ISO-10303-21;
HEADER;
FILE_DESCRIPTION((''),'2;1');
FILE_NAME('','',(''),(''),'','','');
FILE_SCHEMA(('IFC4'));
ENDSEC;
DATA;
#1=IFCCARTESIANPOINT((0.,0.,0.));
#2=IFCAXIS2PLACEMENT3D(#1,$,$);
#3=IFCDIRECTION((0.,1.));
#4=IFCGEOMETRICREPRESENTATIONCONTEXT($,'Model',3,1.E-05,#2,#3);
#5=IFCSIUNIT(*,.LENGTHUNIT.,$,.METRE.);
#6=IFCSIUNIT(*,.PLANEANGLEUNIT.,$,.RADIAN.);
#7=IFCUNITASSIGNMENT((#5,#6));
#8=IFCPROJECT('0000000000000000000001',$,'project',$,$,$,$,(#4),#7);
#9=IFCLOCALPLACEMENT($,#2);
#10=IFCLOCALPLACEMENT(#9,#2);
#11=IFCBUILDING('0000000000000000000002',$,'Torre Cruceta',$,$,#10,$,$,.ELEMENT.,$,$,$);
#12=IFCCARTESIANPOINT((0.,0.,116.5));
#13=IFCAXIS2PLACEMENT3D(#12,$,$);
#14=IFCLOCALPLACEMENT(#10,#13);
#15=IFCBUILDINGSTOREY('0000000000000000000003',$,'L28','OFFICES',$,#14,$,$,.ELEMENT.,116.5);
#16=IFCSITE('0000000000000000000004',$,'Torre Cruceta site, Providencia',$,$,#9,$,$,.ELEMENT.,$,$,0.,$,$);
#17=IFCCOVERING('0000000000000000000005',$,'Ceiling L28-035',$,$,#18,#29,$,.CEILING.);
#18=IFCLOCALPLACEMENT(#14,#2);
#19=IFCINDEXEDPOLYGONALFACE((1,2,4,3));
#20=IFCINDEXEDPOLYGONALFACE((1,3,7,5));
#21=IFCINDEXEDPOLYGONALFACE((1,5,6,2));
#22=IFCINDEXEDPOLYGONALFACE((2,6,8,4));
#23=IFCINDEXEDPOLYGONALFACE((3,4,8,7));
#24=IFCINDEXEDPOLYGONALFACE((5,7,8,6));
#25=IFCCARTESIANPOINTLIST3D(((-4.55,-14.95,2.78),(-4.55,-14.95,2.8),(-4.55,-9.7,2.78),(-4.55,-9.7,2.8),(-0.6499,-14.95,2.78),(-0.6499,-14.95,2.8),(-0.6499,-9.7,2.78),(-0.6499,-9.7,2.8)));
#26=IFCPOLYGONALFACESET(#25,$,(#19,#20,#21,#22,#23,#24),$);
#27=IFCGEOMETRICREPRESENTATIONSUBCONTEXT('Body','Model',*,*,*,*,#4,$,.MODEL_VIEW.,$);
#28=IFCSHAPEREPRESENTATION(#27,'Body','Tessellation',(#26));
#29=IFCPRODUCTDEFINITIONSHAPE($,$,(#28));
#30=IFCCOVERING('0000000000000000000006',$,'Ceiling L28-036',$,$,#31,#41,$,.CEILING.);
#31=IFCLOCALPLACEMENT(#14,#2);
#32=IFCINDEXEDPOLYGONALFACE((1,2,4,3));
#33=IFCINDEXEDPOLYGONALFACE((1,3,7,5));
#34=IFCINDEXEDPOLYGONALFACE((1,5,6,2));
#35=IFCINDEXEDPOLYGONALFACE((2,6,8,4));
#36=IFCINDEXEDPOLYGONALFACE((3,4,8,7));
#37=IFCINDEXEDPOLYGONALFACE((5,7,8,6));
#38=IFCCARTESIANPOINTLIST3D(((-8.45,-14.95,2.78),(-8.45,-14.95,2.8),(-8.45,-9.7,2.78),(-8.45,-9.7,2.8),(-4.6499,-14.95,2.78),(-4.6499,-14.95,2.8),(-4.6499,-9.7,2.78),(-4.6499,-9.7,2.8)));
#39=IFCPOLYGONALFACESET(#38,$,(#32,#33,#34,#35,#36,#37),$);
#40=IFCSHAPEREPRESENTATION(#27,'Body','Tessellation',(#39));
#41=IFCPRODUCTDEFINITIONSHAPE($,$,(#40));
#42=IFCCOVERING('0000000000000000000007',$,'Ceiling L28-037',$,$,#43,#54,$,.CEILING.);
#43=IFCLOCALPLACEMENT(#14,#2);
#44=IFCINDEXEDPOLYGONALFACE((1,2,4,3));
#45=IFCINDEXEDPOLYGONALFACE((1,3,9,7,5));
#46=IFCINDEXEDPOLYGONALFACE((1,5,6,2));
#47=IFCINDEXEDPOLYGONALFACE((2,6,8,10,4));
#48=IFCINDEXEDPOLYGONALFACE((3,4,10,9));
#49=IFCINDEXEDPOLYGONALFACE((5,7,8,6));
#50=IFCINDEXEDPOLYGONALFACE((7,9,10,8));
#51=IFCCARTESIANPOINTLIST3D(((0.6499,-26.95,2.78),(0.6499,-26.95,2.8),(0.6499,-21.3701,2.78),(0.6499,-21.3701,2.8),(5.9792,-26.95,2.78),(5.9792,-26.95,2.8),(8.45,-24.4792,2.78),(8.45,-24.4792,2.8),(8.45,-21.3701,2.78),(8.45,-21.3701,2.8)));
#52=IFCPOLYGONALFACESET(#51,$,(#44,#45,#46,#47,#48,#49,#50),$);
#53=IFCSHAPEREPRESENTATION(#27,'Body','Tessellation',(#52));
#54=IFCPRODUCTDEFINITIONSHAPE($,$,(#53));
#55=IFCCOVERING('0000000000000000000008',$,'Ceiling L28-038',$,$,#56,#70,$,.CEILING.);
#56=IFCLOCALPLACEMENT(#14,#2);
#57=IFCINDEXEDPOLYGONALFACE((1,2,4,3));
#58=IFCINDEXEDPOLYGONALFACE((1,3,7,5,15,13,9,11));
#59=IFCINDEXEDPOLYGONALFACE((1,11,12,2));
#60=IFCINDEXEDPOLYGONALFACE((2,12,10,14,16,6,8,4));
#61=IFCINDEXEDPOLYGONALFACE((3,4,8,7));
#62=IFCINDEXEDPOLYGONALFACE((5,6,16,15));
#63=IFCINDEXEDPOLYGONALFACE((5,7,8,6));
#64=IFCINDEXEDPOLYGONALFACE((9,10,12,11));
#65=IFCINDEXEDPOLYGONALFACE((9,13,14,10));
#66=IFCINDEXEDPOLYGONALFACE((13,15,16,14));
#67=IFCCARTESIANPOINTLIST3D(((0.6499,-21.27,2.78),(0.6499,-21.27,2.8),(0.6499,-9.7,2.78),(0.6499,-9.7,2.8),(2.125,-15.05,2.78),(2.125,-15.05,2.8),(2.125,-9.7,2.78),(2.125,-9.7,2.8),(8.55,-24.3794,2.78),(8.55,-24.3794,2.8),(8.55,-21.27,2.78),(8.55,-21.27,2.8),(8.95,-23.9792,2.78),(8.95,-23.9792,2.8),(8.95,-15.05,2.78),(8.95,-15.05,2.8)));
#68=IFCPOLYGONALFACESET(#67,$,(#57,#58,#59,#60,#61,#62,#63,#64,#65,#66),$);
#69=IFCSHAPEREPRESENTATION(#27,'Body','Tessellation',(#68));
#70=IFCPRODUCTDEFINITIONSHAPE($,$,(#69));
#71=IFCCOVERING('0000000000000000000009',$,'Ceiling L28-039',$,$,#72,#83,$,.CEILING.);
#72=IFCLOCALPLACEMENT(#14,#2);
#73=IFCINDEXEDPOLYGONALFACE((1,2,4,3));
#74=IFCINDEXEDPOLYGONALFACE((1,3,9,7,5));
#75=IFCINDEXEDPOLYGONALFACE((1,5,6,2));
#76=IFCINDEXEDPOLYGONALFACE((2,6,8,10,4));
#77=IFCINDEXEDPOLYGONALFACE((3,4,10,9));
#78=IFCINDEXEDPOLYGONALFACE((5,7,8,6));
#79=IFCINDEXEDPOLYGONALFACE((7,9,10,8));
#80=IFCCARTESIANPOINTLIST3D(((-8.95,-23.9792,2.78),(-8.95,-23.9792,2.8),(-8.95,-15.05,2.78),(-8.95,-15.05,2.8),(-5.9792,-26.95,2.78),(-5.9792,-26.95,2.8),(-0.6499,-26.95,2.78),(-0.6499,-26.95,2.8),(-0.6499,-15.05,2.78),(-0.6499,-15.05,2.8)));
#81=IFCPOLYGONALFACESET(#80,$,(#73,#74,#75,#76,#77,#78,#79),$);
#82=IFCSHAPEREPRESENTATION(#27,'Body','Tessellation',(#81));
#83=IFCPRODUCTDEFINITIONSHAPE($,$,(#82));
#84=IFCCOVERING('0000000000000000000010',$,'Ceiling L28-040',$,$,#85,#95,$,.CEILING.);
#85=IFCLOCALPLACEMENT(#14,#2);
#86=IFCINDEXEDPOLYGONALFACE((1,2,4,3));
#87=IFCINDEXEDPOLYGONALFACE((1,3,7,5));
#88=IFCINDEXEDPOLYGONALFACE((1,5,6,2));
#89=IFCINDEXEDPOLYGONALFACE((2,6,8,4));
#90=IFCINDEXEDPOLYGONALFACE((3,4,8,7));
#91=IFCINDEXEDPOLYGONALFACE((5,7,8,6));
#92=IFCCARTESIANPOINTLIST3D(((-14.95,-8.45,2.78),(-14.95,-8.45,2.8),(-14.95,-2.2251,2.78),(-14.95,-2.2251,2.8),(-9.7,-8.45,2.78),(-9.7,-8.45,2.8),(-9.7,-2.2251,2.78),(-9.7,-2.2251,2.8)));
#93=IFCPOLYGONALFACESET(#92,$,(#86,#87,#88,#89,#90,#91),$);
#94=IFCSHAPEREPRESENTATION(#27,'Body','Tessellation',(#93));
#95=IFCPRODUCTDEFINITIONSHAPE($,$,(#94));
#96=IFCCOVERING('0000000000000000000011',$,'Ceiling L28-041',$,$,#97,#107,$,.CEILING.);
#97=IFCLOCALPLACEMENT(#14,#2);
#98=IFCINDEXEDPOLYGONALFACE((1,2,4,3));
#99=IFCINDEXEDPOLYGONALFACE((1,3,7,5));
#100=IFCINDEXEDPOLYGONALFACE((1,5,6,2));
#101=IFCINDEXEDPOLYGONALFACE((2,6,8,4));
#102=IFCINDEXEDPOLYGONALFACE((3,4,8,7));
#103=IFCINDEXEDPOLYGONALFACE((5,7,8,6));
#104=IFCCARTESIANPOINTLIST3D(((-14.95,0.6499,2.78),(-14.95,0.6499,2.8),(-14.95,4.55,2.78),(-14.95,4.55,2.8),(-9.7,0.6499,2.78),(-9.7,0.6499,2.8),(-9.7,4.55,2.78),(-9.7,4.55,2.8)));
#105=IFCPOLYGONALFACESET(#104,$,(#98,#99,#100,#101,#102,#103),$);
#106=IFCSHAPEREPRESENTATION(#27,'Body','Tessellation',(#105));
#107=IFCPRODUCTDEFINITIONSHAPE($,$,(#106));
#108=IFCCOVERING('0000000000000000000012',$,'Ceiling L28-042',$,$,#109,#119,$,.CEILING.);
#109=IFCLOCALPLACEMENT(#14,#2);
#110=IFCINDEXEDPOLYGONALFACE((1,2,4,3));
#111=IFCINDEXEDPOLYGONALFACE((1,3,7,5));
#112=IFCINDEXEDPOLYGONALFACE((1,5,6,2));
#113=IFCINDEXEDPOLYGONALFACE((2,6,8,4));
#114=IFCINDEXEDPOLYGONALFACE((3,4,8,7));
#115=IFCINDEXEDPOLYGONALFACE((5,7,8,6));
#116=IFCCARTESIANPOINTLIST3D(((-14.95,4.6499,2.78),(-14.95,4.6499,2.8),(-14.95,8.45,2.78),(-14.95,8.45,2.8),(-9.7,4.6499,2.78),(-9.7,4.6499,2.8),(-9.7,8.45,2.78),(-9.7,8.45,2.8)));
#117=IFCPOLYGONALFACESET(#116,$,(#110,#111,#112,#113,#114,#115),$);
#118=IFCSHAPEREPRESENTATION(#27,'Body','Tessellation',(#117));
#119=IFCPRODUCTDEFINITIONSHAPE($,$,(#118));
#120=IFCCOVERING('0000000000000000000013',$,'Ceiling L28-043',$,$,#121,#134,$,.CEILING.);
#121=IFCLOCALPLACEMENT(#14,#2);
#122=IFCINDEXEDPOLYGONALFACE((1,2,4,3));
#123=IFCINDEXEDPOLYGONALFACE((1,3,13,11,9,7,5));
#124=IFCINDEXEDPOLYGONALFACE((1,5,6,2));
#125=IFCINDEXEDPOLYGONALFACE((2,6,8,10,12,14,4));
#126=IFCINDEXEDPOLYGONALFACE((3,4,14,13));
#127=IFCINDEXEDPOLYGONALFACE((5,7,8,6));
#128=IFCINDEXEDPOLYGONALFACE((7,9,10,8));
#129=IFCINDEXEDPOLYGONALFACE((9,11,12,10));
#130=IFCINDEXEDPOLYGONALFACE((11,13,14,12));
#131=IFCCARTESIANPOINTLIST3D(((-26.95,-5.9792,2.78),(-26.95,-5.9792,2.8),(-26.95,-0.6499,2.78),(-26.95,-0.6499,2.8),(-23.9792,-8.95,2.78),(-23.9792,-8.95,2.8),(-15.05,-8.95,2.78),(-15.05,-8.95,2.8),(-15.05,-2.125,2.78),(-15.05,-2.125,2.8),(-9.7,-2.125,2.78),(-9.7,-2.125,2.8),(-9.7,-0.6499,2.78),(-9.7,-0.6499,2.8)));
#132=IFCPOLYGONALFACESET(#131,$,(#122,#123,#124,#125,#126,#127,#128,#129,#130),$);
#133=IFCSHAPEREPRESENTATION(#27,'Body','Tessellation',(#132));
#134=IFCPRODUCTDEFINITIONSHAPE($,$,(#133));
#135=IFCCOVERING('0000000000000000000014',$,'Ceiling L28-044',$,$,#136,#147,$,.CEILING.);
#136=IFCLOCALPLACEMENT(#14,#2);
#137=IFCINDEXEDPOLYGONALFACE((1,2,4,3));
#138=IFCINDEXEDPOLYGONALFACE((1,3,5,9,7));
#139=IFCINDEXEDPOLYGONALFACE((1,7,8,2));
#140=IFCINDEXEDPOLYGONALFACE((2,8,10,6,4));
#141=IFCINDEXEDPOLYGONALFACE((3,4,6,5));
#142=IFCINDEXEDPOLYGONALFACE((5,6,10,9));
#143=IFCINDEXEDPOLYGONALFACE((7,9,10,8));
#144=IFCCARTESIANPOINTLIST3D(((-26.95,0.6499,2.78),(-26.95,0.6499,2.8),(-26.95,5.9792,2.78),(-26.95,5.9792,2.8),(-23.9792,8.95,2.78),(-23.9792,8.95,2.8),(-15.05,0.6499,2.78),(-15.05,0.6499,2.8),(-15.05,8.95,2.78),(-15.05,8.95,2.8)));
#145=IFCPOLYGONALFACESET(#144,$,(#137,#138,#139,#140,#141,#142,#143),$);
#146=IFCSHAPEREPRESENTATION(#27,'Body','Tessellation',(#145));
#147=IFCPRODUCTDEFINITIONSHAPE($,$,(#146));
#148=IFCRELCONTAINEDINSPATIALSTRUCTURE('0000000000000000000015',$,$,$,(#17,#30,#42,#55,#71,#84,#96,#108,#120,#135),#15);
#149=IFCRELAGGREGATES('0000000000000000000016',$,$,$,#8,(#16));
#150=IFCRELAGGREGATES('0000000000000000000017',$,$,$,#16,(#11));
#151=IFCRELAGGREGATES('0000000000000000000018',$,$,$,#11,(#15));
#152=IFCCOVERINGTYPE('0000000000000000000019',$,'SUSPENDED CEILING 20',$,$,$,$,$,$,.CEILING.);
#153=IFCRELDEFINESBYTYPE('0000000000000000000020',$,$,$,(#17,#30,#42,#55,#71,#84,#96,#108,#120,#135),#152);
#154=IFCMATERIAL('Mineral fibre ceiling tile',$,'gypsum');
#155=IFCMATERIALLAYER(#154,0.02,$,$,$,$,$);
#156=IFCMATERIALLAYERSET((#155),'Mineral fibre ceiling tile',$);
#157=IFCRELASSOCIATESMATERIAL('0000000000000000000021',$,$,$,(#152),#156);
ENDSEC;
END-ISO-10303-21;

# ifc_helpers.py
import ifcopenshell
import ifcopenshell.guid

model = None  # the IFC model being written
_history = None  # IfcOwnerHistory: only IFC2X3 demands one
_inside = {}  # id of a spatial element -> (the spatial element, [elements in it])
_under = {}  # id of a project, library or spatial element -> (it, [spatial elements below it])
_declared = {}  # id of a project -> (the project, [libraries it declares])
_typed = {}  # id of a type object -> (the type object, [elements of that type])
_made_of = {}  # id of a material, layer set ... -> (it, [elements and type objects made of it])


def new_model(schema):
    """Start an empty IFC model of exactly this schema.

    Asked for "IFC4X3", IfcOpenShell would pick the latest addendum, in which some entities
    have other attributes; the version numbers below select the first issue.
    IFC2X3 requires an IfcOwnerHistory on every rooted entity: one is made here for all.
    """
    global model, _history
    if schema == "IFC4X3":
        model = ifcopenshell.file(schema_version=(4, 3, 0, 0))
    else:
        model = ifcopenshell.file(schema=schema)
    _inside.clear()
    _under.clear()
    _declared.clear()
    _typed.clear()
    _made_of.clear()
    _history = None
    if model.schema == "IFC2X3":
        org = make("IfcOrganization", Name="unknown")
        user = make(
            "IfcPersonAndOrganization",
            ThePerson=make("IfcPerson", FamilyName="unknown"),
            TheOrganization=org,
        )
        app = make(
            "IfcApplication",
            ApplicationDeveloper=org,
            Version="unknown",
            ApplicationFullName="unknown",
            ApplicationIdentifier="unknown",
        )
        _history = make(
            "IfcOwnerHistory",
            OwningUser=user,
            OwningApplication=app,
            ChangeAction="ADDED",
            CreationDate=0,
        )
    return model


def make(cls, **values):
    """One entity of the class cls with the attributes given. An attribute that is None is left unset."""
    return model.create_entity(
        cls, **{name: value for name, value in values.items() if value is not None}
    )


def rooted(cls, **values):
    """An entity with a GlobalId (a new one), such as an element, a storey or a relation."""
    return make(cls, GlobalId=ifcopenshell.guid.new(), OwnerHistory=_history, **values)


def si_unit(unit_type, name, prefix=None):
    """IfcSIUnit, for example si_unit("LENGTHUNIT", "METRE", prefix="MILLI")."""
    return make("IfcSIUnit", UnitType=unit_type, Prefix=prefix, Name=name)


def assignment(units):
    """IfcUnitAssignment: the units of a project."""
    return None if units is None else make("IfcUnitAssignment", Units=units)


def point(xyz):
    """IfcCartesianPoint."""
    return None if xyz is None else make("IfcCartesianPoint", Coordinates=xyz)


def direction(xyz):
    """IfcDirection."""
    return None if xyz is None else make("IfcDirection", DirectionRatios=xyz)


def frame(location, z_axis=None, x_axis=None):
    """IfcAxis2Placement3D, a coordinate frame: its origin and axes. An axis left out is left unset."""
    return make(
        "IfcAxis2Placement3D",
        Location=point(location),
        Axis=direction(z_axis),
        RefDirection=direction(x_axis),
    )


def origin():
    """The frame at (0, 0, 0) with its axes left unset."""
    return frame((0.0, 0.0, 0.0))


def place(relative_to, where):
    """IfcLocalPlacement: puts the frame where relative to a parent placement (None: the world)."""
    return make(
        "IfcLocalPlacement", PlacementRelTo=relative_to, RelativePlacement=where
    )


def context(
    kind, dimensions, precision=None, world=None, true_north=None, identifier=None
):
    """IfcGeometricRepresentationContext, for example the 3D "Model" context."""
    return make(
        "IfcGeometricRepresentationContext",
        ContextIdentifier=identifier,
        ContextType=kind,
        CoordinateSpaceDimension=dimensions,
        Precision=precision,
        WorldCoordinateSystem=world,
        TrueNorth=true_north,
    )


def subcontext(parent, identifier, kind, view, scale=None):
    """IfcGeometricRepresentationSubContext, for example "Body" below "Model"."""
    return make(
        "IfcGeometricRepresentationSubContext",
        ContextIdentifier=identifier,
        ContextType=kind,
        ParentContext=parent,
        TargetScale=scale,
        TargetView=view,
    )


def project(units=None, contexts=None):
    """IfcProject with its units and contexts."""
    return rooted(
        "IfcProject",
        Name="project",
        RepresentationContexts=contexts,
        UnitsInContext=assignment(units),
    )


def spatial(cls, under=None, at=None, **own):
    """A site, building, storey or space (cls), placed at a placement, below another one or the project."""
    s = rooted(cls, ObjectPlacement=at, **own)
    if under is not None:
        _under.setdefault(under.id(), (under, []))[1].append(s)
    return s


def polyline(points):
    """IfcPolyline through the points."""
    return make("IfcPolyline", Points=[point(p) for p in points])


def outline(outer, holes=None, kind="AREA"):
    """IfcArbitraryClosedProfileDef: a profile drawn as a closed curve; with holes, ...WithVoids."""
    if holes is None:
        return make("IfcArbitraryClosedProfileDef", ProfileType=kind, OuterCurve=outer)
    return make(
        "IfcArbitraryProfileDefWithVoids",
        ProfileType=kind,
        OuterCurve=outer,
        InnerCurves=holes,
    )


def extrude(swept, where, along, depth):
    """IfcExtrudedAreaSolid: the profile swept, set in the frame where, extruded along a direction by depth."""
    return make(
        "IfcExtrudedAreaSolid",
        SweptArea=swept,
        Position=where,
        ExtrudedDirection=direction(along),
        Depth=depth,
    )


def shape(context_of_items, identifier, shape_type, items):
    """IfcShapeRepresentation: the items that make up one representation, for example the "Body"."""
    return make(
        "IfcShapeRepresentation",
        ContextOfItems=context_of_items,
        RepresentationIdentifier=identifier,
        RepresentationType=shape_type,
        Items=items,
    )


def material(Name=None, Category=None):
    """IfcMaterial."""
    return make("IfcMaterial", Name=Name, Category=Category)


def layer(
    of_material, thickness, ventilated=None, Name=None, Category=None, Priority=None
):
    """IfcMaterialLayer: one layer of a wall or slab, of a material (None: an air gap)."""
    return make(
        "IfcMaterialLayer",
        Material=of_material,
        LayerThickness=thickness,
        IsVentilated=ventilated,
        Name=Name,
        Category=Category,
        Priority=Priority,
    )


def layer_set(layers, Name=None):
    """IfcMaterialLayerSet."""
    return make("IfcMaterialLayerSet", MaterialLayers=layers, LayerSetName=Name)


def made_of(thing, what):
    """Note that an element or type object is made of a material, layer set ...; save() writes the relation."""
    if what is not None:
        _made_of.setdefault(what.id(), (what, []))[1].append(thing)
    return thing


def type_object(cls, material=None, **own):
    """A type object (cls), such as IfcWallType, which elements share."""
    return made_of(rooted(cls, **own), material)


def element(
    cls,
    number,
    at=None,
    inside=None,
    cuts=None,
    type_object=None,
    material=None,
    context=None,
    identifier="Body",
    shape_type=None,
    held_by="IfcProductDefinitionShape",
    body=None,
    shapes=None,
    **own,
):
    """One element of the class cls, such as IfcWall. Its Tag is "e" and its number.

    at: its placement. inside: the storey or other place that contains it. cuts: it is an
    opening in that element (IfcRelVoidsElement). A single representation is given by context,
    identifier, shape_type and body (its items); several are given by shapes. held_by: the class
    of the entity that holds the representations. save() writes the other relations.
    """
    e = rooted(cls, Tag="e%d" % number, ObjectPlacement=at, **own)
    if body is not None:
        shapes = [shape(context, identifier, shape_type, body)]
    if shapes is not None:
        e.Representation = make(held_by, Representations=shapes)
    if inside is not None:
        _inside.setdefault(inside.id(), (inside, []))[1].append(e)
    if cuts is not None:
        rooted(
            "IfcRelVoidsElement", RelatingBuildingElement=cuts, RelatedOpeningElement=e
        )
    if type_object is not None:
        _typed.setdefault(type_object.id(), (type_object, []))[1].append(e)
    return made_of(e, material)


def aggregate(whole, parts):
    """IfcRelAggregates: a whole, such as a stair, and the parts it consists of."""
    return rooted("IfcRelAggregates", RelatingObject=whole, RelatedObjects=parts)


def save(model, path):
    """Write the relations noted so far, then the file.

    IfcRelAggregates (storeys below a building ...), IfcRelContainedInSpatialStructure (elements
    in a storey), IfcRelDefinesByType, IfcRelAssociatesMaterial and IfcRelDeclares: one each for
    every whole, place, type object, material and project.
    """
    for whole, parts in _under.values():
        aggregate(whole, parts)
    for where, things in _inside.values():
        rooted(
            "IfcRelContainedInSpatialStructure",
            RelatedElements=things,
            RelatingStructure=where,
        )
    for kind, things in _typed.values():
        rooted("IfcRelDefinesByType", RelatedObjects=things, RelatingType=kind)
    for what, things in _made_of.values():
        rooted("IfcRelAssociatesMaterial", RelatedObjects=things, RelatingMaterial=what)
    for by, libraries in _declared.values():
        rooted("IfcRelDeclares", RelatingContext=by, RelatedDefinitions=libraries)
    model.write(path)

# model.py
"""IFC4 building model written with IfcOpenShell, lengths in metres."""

from ifc_helpers import new_model, si_unit, direction, frame, origin, place, context, subcontext, project, spatial, polyline, outline, extrude, material, layer, layer_set, type_object, element, save


model = new_model("IFC4")

# Units and contexts
model_context = context("Model", 3, precision=1e-05, world=origin(), true_north=direction((0.0, 1.0)))
body_context = subcontext(model_context, "Body", "Model", "MODEL_VIEW")
ifc_project = project(units=[si_unit("LENGTHUNIT", "METRE"), si_unit("PLANEANGLEUNIT", "RADIAN")], contexts=[model_context])

# Site, building, storey
site_placement = place(None, origin())
site = spatial("IfcSite", under=ifc_project, at=site_placement, Name="Torre Cruceta site, Providencia", CompositionType="ELEMENT", RefElevation=0.0)
building_placement = place(site_placement, origin())
building = spatial("IfcBuilding", under=site, at=building_placement, Name="Torre Cruceta", CompositionType="ELEMENT")
storey_placement = place(building_placement, frame((0.0, 0.0, 116.5)))
storey = spatial("IfcBuildingStorey", under=building, at=storey_placement, Name="L28", Description="OFFICES", CompositionType="ELEMENT", Elevation=116.5)

# Coverings
ifc_material_1 = material(Name="Mineral fibre ceiling tile", Category="gypsum")
ifc_layer = layer(ifc_material_1, 0.02)
ifc_layer_set = layer_set([ifc_layer], Name="Mineral fibre ceiling tile")
covering_type_1 = type_object("IfcCoveringType", Name="SUSPENDED CEILING 20", PredefinedType="CEILING", material=ifc_layer_set)
covering_1_placement = place(storey_placement, frame((0.0, 0.0, 2.78)))
element("IfcCovering", 1, at=covering_1_placement, inside=storey, type_object=covering_type_1, Name="Ceiling L28-035", PredefinedType="CEILING", context=body_context, shape_type="SweptSolid", body=[
    extrude(outline(polyline([(-4.55, -9.7), (-0.6499, -9.7), (-0.6499, -14.95), (-4.55, -14.95), (-4.55, -9.7)])), origin(), (0.0, 0.0, 1.0), 0.02),
])
covering_2_placement = place(storey_placement, frame((0.0, 0.0, 2.78)))
element("IfcCovering", 2, at=covering_2_placement, inside=storey, type_object=covering_type_1, Name="Ceiling L28-036", PredefinedType="CEILING", context=body_context, shape_type="SweptSolid", body=[
    extrude(outline(polyline([(-8.45, -9.7), (-4.6499, -9.7), (-4.6499, -14.95), (-8.45, -14.95), (-8.45, -9.7)])), origin(), (0.0, 0.0, 1.0), 0.02),
])
covering_3_placement = place(storey_placement, frame((0.0, 0.0, 2.78)))
element("IfcCovering", 3, at=covering_3_placement, inside=storey, type_object=covering_type_1, Name="Ceiling L28-037", PredefinedType="CEILING", context=body_context, shape_type="SweptSolid", body=[
    extrude(outline(polyline([(0.6499, -26.95), (0.6499, -21.3701), (8.45, -21.3701), (8.45, -24.4792), (5.9792, -26.95), (0.6499, -26.95)])), origin(), (0.0, 0.0, 1.0), 0.02),
])
covering_4_placement = place(storey_placement, frame((0.0, 0.0, 2.78)))
element("IfcCovering", 4, at=covering_4_placement, inside=storey, type_object=covering_type_1, Name="Ceiling L28-038", PredefinedType="CEILING", context=body_context, shape_type="SweptSolid", body=[
    extrude(outline(polyline([(2.125, -9.7), (2.125, -15.05), (8.95, -15.05), (8.95, -23.9792), (8.55, -24.3794), (8.55, -21.27), (0.6499, -21.27), (0.6499, -9.7), (2.125, -9.7)])), origin(), (0.0, 0.0, 1.0), 0.02),
])
covering_5_placement = place(storey_placement, frame((0.0, 0.0, 2.78)))
element("IfcCovering", 5, at=covering_5_placement, inside=storey, type_object=covering_type_1, Name="Ceiling L28-039", PredefinedType="CEILING", context=body_context, shape_type="SweptSolid", body=[
    extrude(outline(polyline([(-8.95, -23.9792), (-8.95, -15.05), (-0.6499, -15.05), (-0.6499, -26.95), (-5.9792, -26.95), (-8.95, -23.9792)])), origin(), (0.0, 0.0, 1.0), 0.02),
])
covering_6_placement = place(storey_placement, frame((0.0, 0.0, 2.78)))
element("IfcCovering", 6, at=covering_6_placement, inside=storey, type_object=covering_type_1, Name="Ceiling L28-040", PredefinedType="CEILING", context=body_context, shape_type="SweptSolid", body=[
    extrude(outline(polyline([(-9.7, -2.2251), (-9.7, -8.45), (-14.95, -8.45), (-14.95, -2.2251), (-9.7, -2.2251)])), origin(), (0.0, 0.0, 1.0), 0.02),
])
covering_7_placement = place(storey_placement, frame((0.0, 0.0, 2.78)))
element("IfcCovering", 7, at=covering_7_placement, inside=storey, type_object=covering_type_1, Name="Ceiling L28-041", PredefinedType="CEILING", context=body_context, shape_type="SweptSolid", body=[
    extrude(outline(polyline([(-9.7, 4.55), (-9.7, 0.6499), (-14.95, 0.6499), (-14.95, 4.55), (-9.7, 4.55)])), origin(), (0.0, 0.0, 1.0), 0.02),
])
covering_8_placement = place(storey_placement, frame((0.0, 0.0, 2.78)))
element("IfcCovering", 8, at=covering_8_placement, inside=storey, type_object=covering_type_1, Name="Ceiling L28-042", PredefinedType="CEILING", context=body_context, shape_type="SweptSolid", body=[
    extrude(outline(polyline([(-9.7, 8.45), (-9.7, 4.6499), (-14.95, 4.6499), (-14.95, 8.45), (-9.7, 8.45)])), origin(), (0.0, 0.0, 1.0), 0.02),
])
covering_9_placement = place(storey_placement, frame((0.0, 0.0, 2.78)))
element("IfcCovering", 9, at=covering_9_placement, inside=storey, type_object=covering_type_1, Name="Ceiling L28-043", PredefinedType="CEILING", context=body_context, shape_type="SweptSolid", body=[
    extrude(outline(polyline([(-26.95, -0.6499), (-9.7, -0.6499), (-9.7, -2.125), (-15.05, -2.125), (-15.05, -8.95), (-23.9792, -8.95), (-26.95, -5.9792), (-26.95, -0.6499)])), origin(), (0.0, 0.0, 1.0), 0.02),
])
covering_10_placement = place(storey_placement, frame((0.0, 0.0, 2.78)))
element("IfcCovering", 10, at=covering_10_placement, inside=storey, type_object=covering_type_1, Name="Ceiling L28-044", PredefinedType="CEILING", context=body_context, shape_type="SweptSolid", body=[
    extrude(outline(polyline([(-26.95, 5.9792), (-23.9792, 8.95), (-15.05, 8.95), (-15.05, 0.6499), (-26.95, 0.6499), (-26.95, 5.9792)])), origin(), (0.0, 0.0, 1.0), 0.02),
])

save(model, "model.ifc")
